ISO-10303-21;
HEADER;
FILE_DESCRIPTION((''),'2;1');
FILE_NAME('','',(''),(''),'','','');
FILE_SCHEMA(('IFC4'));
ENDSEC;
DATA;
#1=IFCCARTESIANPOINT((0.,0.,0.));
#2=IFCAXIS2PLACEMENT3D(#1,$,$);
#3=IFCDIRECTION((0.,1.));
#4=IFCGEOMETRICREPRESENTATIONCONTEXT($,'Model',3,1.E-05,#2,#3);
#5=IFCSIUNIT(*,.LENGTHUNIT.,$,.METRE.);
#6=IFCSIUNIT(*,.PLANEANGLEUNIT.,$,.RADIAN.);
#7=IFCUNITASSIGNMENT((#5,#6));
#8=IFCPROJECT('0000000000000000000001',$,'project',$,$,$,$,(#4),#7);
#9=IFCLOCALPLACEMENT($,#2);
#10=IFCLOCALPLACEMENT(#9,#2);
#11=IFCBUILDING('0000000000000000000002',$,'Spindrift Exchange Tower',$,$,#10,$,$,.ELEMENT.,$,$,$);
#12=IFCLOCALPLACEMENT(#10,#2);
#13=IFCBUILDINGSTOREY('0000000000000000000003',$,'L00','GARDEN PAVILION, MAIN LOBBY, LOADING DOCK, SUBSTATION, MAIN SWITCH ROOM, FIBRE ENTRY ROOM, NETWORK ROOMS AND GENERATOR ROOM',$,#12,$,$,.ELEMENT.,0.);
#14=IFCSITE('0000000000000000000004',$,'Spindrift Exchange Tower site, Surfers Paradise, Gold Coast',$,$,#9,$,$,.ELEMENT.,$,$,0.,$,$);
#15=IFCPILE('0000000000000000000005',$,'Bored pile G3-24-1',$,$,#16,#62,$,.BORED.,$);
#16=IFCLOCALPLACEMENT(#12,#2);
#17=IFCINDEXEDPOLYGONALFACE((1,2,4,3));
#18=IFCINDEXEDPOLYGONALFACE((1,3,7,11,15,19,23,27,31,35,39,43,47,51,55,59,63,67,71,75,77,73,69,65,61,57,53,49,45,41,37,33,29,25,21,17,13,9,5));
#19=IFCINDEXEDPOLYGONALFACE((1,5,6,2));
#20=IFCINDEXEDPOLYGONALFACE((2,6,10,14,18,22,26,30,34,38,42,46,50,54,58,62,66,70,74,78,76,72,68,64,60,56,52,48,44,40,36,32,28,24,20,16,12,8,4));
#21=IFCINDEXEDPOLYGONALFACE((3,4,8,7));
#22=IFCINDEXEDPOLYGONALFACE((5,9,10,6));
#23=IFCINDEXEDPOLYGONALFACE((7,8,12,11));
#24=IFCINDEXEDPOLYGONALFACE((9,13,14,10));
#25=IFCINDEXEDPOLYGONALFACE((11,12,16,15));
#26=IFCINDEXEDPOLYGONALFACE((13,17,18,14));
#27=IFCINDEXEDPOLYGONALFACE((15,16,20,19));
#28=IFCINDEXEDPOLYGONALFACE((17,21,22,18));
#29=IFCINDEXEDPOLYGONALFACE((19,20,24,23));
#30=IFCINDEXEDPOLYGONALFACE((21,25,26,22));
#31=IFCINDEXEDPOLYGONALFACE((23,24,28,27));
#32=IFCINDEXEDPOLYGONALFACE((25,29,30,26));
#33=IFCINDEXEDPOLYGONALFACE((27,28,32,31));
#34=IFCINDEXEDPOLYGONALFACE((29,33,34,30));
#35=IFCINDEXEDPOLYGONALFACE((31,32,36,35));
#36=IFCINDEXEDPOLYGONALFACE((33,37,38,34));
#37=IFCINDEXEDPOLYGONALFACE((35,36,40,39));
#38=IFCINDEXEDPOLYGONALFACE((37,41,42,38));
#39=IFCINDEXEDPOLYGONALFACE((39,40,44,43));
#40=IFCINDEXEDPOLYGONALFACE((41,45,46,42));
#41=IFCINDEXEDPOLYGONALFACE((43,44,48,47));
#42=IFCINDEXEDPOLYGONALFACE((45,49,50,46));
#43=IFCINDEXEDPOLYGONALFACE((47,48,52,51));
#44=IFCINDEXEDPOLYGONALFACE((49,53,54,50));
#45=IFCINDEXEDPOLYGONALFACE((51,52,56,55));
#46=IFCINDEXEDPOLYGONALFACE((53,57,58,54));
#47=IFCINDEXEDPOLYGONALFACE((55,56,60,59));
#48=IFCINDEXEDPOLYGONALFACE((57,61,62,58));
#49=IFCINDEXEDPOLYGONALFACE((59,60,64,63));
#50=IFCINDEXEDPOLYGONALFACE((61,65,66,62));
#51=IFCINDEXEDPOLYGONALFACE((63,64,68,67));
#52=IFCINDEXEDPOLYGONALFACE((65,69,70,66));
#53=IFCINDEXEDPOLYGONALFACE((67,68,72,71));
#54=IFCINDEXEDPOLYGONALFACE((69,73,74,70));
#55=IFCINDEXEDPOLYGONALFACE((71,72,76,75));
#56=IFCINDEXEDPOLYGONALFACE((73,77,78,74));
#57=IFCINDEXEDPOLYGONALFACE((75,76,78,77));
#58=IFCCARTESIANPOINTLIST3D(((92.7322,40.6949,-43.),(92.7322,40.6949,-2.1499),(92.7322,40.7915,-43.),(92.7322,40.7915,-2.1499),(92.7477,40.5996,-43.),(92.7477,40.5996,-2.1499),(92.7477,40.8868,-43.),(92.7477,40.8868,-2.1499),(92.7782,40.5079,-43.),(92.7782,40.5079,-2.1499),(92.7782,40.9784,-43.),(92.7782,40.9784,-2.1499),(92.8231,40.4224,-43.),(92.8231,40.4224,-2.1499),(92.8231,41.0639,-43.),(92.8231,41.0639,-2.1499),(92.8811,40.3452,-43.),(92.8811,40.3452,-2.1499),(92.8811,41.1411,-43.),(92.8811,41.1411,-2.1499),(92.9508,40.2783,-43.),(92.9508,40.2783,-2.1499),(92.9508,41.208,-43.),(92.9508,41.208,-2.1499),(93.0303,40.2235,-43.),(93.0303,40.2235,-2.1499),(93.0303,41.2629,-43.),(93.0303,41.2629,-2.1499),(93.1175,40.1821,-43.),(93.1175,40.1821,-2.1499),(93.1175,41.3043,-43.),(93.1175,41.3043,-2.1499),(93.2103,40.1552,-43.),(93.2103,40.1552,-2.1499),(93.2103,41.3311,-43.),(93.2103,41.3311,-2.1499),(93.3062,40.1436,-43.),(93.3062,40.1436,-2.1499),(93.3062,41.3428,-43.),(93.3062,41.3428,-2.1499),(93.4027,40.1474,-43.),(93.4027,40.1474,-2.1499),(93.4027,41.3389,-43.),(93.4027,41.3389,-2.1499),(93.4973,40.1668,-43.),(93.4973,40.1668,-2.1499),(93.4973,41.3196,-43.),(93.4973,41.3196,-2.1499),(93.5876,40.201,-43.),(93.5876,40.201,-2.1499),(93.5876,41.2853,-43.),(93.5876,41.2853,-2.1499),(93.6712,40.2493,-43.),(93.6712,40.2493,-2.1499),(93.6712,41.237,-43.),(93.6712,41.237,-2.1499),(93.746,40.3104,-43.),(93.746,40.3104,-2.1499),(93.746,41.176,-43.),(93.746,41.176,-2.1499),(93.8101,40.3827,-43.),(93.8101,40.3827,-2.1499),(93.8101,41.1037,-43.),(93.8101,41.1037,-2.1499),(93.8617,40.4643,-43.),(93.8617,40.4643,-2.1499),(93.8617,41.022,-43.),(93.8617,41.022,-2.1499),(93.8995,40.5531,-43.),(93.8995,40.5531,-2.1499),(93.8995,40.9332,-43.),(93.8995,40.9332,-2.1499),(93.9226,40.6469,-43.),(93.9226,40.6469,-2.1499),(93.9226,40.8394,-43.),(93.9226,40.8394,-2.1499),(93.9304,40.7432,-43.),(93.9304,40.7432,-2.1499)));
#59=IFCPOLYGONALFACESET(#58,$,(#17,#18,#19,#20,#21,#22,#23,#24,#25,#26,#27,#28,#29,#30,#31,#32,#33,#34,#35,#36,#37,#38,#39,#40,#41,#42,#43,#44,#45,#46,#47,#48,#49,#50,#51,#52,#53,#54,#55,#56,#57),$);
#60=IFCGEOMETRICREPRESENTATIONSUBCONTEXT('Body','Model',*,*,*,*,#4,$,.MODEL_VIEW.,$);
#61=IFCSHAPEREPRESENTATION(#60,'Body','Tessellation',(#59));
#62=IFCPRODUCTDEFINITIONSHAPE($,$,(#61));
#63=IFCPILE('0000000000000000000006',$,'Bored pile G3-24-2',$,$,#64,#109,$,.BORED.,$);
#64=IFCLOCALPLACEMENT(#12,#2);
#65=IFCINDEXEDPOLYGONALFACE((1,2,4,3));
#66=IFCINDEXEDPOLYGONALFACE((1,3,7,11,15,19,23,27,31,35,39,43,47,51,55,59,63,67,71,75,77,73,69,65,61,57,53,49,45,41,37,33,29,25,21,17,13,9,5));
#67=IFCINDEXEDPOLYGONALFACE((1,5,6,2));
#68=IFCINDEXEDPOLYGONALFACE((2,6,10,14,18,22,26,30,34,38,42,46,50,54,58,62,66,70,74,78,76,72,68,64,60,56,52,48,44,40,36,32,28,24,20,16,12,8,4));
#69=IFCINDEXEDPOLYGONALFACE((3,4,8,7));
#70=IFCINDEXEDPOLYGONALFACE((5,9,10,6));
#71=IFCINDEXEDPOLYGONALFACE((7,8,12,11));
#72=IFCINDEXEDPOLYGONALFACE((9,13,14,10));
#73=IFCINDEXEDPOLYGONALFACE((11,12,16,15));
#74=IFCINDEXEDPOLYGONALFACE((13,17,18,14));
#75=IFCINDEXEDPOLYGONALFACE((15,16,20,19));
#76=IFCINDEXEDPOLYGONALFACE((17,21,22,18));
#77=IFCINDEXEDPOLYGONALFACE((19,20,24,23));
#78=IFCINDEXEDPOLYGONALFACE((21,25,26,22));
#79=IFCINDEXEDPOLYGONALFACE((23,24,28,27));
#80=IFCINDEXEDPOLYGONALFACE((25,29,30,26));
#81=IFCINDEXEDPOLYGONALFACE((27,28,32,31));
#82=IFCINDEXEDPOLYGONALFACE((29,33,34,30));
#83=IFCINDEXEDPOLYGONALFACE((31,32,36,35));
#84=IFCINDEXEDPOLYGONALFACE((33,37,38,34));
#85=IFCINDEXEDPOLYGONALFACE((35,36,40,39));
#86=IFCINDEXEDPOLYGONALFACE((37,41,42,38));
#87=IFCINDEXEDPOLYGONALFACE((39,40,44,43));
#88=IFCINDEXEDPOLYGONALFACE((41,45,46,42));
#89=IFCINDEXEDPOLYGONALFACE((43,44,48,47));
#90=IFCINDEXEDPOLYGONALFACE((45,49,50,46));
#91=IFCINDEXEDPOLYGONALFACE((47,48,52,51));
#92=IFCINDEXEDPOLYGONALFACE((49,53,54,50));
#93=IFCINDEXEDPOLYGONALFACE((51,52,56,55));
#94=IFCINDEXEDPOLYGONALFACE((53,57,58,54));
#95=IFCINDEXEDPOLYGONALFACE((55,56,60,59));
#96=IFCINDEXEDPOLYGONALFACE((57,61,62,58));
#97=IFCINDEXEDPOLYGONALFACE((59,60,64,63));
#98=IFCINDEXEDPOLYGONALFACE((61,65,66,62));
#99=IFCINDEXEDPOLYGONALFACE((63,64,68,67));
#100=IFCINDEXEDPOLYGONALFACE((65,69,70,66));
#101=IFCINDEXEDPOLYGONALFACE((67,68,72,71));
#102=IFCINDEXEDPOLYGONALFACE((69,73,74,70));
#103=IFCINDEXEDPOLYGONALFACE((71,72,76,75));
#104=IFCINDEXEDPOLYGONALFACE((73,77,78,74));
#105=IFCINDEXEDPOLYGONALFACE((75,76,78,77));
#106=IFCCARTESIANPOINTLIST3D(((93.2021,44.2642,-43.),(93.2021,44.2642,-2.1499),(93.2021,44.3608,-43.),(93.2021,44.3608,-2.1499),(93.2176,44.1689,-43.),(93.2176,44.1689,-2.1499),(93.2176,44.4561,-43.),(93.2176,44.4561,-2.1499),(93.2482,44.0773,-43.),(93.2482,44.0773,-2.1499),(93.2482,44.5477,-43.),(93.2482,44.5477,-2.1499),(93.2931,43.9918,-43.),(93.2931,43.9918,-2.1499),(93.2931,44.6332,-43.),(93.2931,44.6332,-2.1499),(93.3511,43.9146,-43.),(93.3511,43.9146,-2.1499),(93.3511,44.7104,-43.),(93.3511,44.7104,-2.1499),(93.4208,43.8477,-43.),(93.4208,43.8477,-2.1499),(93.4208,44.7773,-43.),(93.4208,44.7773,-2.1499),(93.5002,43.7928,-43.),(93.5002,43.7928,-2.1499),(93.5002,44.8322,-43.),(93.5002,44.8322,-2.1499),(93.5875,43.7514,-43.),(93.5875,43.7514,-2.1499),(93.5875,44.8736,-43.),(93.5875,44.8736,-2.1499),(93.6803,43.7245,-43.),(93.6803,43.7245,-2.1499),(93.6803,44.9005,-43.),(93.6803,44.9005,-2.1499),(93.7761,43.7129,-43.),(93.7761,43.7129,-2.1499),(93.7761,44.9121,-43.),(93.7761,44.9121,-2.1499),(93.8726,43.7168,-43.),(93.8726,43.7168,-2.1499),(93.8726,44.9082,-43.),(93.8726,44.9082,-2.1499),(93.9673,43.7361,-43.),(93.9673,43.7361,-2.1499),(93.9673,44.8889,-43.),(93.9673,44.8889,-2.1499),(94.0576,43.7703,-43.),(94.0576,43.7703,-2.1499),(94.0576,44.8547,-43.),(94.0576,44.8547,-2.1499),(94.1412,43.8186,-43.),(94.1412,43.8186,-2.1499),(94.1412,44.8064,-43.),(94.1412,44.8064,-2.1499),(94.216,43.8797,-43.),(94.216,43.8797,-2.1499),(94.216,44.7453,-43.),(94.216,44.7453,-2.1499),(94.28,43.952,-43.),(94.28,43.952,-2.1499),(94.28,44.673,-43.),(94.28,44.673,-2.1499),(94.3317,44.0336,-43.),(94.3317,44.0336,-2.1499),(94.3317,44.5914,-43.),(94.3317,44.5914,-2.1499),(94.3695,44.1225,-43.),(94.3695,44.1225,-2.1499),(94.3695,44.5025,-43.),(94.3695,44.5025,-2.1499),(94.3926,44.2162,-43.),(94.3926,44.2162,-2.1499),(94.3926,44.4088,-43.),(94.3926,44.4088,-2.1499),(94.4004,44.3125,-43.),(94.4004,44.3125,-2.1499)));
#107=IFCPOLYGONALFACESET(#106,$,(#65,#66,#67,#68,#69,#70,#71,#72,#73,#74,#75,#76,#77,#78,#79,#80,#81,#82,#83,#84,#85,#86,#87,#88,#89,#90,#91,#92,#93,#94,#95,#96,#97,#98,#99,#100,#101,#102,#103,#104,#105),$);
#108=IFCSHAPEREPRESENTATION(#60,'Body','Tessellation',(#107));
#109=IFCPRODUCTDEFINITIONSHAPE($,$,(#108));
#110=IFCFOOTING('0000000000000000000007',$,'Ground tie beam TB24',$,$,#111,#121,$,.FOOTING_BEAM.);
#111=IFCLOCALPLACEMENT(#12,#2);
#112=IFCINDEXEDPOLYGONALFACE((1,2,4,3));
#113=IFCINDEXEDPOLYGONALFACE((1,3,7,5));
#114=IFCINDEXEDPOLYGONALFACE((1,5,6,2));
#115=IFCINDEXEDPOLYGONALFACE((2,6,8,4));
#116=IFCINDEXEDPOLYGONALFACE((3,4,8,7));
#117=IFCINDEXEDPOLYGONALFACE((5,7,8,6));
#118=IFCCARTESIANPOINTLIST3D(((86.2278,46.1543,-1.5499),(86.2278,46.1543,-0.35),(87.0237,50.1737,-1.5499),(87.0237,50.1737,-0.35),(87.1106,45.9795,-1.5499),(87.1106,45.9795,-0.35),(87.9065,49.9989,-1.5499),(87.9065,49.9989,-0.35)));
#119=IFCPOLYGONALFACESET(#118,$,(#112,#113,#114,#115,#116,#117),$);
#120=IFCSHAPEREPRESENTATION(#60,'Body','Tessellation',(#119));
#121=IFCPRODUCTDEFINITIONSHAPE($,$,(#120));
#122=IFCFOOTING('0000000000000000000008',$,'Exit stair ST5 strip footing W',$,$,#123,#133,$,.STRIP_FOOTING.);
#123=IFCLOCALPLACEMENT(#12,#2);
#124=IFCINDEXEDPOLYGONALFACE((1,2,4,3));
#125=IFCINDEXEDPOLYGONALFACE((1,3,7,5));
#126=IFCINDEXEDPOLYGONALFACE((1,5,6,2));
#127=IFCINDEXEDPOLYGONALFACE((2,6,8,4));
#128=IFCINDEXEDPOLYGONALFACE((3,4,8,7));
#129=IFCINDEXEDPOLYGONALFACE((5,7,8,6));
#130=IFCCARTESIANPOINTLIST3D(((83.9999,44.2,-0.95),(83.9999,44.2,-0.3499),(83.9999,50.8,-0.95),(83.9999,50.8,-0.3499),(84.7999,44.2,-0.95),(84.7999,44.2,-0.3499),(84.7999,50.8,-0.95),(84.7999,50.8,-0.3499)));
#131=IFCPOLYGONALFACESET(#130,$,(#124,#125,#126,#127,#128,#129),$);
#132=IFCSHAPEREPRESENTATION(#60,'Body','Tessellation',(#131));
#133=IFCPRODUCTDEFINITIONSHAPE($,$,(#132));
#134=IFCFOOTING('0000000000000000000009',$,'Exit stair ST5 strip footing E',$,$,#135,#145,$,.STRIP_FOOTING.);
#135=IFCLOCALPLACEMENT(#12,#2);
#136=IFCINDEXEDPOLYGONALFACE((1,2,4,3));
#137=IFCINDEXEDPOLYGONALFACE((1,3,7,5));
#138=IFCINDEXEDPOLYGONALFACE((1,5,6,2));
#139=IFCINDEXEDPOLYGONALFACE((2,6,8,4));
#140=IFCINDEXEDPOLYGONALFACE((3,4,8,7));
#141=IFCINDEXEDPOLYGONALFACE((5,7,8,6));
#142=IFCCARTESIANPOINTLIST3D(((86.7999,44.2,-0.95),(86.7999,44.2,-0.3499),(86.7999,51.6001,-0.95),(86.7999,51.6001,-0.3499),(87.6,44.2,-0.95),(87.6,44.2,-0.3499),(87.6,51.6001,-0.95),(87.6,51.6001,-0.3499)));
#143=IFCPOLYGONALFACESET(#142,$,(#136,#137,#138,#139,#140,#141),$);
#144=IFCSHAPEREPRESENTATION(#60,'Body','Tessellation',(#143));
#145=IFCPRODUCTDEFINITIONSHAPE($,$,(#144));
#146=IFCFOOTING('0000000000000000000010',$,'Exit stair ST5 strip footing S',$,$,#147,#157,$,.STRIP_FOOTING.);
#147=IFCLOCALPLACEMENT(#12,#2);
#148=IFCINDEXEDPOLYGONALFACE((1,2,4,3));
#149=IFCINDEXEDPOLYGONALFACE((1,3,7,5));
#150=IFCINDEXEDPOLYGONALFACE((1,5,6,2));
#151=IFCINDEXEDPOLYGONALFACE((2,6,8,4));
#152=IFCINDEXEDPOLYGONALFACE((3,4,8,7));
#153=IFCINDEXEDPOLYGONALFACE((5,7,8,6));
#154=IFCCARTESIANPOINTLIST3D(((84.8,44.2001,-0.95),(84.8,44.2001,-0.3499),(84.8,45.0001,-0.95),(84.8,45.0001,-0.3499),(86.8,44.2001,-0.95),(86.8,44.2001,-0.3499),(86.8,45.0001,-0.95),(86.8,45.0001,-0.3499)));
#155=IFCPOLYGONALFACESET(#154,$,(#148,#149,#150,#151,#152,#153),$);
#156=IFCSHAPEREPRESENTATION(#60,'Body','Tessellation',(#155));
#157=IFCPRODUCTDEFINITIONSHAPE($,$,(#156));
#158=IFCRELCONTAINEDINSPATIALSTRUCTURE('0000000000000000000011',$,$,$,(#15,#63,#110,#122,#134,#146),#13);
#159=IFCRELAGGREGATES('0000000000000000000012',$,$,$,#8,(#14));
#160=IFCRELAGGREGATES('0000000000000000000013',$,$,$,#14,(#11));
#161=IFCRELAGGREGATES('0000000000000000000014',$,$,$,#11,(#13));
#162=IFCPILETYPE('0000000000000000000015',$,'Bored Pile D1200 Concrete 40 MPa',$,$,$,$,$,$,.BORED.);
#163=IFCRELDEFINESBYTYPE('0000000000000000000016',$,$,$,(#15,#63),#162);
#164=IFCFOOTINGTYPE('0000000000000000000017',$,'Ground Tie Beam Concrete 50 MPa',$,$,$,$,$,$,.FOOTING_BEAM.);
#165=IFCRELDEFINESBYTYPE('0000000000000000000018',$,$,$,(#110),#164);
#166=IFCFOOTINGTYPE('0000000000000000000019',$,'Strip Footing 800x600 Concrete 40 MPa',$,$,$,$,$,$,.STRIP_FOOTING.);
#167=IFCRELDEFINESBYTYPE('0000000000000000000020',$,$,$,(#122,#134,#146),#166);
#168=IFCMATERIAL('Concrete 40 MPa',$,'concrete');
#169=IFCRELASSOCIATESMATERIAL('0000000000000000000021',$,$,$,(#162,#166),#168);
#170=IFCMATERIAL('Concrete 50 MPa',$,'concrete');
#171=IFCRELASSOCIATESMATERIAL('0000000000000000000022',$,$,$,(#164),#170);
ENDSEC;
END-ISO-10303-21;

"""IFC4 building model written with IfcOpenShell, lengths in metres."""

from ifc_helpers import new_model, si_unit, direction, frame, origin, origin_2d, place, context, subcontext, project, spatial, rectangle, circle, extrude, source, transform, mapped, material, material_profile, profile_set, type_object, element, save


model = new_model("IFC4")

# Units and contexts
model_context = context("Model", 3, precision=1e-05, world=origin(), true_north=direction((0.0, 1.0)))
body_context = subcontext(model_context, "Body", "Model", "MODEL_VIEW")
ifc_project = project(units=[si_unit("LENGTHUNIT", "METRE"), si_unit("PLANEANGLEUNIT", "RADIAN")], contexts=[model_context])

# Site, building, storey
site_placement = place(None, origin())
site = spatial("IfcSite", under=ifc_project, at=site_placement, Name="Spindrift Exchange Tower site, Surfers Paradise, Gold Coast", CompositionType="ELEMENT", RefElevation=0.0)
building_placement = place(site_placement, origin())
building = spatial("IfcBuilding", under=site, at=building_placement, Name="Spindrift Exchange Tower", CompositionType="ELEMENT")
storey_placement = place(building_placement, origin())
storey = spatial("IfcBuildingStorey", under=building, at=storey_placement, Name="L00", Description="GARDEN PAVILION, MAIN LOBBY, LOADING DOCK, SUBSTATION, MAIN SWITCH ROOM, FIBRE ENTRY ROOM, NETWORK ROOMS AND GENERATOR ROOM", CompositionType="ELEMENT", Elevation=0.0)

# Piles
ifc_material_1 = material(Name="Concrete 40 MPa", Category="concrete")
ifc_material_profile_1 = material_profile(ifc_material_1, circle(Radius=0.6001, at=origin_2d()), Name="BP D1200")
ifc_profile_set_1 = profile_set([ifc_material_profile_1], Name="Concrete 40 MPa")
pile_type = type_object("IfcPileType", Name="Bored Pile D1200 Concrete 40 MPa", PredefinedType="BORED", material=ifc_profile_set_1)
shared_shape_1 = source(origin(), body_context, "Body", "SweptSolid", [
    extrude(circle(Radius=0.6001, at=origin_2d()), origin(), (0.0, 0.0, 1.0), 40.8501),
])
for number, where, z_axis, x_axis, name in (
    (1, (93.3303, 40.7432, -2.1499), (0.0, 0.0, -1.0), (1.0, 0.0, 0.0), "Bored pile G3-24-1"),
    (2, (93.8003, 44.3125, -2.1499), (0.0, 0.0, -1.0), (1.0, 0.0, 0.0), "Bored pile G3-24-2"),
):
    element("IfcPile", number, at=place(storey_placement, frame(where, z_axis=z_axis, x_axis=x_axis)), inside=storey, type_object=pile_type, Name=name, PredefinedType="BORED", context=body_context, shape_type="MappedRepresentation", body=[
        mapped(shared_shape_1, transform((0.0, 0.0, 0.0), scale=1.0)),
    ])

# Footings
ifc_material_2 = material(Name="Concrete 50 MPa", Category="concrete")
ifc_material_profile_2 = material_profile(ifc_material_2, rectangle(XDim=0.8999, YDim=1.2, at=origin_2d()), Name="RC 900x1200")
ifc_profile_set_2 = profile_set([ifc_material_profile_2], Name="Concrete 50 MPa")
footing_type_1 = type_object("IfcFootingType", Name="Ground Tie Beam Concrete 50 MPa", PredefinedType="FOOTING_BEAM", material=ifc_profile_set_2)
shared_shape_2 = source(origin(), body_context, "Body", "SweptSolid", [
    extrude(rectangle(XDim=0.8999, YDim=1.2, at=origin_2d()), origin(), (0.0, 0.0, 1.0), 4.0974),
])
footing_1_placement = place(storey_placement, frame((86.6692, 46.0669, -0.95), z_axis=(0.194248, 0.980952, 0.0), x_axis=(-0.980952, 0.194248, 0.0)))
element("IfcFooting", 3, at=footing_1_placement, inside=storey, type_object=footing_type_1, Name="Ground tie beam TB24", PredefinedType="FOOTING_BEAM", context=body_context, shape_type="MappedRepresentation", body=[
    mapped(shared_shape_2, transform((0.0, 0.0, 0.0), scale=1.0)),
])
ifc_material_profile_3 = material_profile(ifc_material_1, rectangle(XDim=0.8, YDim=0.6001, at=origin_2d()), Name="RC 800x600")
ifc_profile_set_3 = profile_set([ifc_material_profile_3], Name="Concrete 40 MPa")
footing_type_2 = type_object("IfcFootingType", Name="Strip Footing 800x600 Concrete 40 MPa", PredefinedType="STRIP_FOOTING", material=ifc_profile_set_3)
shared_shape_3 = source(origin(), body_context, "Body", "SweptSolid", [
    extrude(rectangle(XDim=0.8, YDim=0.6001, at=origin_2d()), origin(), (0.0, 0.0, 1.0), 6.6001),
])
footing_2_placement = place(storey_placement, frame((84.3999, 44.2, -0.6499), z_axis=(0.0, 1.0, 0.0), x_axis=(-1.0, 0.0, 0.0)))
element("IfcFooting", 4, at=footing_2_placement, inside=storey, type_object=footing_type_2, Name="Exit stair ST5 strip footing W", PredefinedType="STRIP_FOOTING", context=body_context, shape_type="MappedRepresentation", body=[
    mapped(shared_shape_3, transform((0.0, 0.0, 0.0), scale=1.0)),
])
shared_shape_4 = source(origin(), body_context, "Body", "SweptSolid", [
    extrude(rectangle(XDim=0.8, YDim=0.6001, at=origin_2d()), origin(), (0.0, 0.0, 1.0), 7.4001),
])
footing_3_placement = place(storey_placement, frame((87.2, 44.2, -0.6499), z_axis=(0.0, 1.0, 0.0), x_axis=(-1.0, 0.0, 0.0)))
element("IfcFooting", 5, at=footing_3_placement, inside=storey, type_object=footing_type_2, Name="Exit stair ST5 strip footing E", PredefinedType="STRIP_FOOTING", context=body_context, shape_type="MappedRepresentation", body=[
    mapped(shared_shape_4, transform((0.0, 0.0, 0.0), scale=1.0)),
])
shared_shape_5 = source(origin(), body_context, "Body", "SweptSolid", [
    extrude(rectangle(XDim=0.8, YDim=0.6001, at=origin_2d()), origin(), (0.0, 0.0, 1.0), 2.0),
])
footing_4_placement = place(storey_placement, frame((84.8, 44.6001, -0.6499), z_axis=(1.0, 0.0, 0.0), x_axis=(0.0, 1.0, 0.0)))
element("IfcFooting", 6, at=footing_4_placement, inside=storey, type_object=footing_type_2, Name="Exit stair ST5 strip footing S", PredefinedType="STRIP_FOOTING", context=body_context, shape_type="MappedRepresentation", body=[
    mapped(shared_shape_5, transform((0.0, 0.0, 0.0), scale=1.0)),
])

save(model, "model.ifc")
